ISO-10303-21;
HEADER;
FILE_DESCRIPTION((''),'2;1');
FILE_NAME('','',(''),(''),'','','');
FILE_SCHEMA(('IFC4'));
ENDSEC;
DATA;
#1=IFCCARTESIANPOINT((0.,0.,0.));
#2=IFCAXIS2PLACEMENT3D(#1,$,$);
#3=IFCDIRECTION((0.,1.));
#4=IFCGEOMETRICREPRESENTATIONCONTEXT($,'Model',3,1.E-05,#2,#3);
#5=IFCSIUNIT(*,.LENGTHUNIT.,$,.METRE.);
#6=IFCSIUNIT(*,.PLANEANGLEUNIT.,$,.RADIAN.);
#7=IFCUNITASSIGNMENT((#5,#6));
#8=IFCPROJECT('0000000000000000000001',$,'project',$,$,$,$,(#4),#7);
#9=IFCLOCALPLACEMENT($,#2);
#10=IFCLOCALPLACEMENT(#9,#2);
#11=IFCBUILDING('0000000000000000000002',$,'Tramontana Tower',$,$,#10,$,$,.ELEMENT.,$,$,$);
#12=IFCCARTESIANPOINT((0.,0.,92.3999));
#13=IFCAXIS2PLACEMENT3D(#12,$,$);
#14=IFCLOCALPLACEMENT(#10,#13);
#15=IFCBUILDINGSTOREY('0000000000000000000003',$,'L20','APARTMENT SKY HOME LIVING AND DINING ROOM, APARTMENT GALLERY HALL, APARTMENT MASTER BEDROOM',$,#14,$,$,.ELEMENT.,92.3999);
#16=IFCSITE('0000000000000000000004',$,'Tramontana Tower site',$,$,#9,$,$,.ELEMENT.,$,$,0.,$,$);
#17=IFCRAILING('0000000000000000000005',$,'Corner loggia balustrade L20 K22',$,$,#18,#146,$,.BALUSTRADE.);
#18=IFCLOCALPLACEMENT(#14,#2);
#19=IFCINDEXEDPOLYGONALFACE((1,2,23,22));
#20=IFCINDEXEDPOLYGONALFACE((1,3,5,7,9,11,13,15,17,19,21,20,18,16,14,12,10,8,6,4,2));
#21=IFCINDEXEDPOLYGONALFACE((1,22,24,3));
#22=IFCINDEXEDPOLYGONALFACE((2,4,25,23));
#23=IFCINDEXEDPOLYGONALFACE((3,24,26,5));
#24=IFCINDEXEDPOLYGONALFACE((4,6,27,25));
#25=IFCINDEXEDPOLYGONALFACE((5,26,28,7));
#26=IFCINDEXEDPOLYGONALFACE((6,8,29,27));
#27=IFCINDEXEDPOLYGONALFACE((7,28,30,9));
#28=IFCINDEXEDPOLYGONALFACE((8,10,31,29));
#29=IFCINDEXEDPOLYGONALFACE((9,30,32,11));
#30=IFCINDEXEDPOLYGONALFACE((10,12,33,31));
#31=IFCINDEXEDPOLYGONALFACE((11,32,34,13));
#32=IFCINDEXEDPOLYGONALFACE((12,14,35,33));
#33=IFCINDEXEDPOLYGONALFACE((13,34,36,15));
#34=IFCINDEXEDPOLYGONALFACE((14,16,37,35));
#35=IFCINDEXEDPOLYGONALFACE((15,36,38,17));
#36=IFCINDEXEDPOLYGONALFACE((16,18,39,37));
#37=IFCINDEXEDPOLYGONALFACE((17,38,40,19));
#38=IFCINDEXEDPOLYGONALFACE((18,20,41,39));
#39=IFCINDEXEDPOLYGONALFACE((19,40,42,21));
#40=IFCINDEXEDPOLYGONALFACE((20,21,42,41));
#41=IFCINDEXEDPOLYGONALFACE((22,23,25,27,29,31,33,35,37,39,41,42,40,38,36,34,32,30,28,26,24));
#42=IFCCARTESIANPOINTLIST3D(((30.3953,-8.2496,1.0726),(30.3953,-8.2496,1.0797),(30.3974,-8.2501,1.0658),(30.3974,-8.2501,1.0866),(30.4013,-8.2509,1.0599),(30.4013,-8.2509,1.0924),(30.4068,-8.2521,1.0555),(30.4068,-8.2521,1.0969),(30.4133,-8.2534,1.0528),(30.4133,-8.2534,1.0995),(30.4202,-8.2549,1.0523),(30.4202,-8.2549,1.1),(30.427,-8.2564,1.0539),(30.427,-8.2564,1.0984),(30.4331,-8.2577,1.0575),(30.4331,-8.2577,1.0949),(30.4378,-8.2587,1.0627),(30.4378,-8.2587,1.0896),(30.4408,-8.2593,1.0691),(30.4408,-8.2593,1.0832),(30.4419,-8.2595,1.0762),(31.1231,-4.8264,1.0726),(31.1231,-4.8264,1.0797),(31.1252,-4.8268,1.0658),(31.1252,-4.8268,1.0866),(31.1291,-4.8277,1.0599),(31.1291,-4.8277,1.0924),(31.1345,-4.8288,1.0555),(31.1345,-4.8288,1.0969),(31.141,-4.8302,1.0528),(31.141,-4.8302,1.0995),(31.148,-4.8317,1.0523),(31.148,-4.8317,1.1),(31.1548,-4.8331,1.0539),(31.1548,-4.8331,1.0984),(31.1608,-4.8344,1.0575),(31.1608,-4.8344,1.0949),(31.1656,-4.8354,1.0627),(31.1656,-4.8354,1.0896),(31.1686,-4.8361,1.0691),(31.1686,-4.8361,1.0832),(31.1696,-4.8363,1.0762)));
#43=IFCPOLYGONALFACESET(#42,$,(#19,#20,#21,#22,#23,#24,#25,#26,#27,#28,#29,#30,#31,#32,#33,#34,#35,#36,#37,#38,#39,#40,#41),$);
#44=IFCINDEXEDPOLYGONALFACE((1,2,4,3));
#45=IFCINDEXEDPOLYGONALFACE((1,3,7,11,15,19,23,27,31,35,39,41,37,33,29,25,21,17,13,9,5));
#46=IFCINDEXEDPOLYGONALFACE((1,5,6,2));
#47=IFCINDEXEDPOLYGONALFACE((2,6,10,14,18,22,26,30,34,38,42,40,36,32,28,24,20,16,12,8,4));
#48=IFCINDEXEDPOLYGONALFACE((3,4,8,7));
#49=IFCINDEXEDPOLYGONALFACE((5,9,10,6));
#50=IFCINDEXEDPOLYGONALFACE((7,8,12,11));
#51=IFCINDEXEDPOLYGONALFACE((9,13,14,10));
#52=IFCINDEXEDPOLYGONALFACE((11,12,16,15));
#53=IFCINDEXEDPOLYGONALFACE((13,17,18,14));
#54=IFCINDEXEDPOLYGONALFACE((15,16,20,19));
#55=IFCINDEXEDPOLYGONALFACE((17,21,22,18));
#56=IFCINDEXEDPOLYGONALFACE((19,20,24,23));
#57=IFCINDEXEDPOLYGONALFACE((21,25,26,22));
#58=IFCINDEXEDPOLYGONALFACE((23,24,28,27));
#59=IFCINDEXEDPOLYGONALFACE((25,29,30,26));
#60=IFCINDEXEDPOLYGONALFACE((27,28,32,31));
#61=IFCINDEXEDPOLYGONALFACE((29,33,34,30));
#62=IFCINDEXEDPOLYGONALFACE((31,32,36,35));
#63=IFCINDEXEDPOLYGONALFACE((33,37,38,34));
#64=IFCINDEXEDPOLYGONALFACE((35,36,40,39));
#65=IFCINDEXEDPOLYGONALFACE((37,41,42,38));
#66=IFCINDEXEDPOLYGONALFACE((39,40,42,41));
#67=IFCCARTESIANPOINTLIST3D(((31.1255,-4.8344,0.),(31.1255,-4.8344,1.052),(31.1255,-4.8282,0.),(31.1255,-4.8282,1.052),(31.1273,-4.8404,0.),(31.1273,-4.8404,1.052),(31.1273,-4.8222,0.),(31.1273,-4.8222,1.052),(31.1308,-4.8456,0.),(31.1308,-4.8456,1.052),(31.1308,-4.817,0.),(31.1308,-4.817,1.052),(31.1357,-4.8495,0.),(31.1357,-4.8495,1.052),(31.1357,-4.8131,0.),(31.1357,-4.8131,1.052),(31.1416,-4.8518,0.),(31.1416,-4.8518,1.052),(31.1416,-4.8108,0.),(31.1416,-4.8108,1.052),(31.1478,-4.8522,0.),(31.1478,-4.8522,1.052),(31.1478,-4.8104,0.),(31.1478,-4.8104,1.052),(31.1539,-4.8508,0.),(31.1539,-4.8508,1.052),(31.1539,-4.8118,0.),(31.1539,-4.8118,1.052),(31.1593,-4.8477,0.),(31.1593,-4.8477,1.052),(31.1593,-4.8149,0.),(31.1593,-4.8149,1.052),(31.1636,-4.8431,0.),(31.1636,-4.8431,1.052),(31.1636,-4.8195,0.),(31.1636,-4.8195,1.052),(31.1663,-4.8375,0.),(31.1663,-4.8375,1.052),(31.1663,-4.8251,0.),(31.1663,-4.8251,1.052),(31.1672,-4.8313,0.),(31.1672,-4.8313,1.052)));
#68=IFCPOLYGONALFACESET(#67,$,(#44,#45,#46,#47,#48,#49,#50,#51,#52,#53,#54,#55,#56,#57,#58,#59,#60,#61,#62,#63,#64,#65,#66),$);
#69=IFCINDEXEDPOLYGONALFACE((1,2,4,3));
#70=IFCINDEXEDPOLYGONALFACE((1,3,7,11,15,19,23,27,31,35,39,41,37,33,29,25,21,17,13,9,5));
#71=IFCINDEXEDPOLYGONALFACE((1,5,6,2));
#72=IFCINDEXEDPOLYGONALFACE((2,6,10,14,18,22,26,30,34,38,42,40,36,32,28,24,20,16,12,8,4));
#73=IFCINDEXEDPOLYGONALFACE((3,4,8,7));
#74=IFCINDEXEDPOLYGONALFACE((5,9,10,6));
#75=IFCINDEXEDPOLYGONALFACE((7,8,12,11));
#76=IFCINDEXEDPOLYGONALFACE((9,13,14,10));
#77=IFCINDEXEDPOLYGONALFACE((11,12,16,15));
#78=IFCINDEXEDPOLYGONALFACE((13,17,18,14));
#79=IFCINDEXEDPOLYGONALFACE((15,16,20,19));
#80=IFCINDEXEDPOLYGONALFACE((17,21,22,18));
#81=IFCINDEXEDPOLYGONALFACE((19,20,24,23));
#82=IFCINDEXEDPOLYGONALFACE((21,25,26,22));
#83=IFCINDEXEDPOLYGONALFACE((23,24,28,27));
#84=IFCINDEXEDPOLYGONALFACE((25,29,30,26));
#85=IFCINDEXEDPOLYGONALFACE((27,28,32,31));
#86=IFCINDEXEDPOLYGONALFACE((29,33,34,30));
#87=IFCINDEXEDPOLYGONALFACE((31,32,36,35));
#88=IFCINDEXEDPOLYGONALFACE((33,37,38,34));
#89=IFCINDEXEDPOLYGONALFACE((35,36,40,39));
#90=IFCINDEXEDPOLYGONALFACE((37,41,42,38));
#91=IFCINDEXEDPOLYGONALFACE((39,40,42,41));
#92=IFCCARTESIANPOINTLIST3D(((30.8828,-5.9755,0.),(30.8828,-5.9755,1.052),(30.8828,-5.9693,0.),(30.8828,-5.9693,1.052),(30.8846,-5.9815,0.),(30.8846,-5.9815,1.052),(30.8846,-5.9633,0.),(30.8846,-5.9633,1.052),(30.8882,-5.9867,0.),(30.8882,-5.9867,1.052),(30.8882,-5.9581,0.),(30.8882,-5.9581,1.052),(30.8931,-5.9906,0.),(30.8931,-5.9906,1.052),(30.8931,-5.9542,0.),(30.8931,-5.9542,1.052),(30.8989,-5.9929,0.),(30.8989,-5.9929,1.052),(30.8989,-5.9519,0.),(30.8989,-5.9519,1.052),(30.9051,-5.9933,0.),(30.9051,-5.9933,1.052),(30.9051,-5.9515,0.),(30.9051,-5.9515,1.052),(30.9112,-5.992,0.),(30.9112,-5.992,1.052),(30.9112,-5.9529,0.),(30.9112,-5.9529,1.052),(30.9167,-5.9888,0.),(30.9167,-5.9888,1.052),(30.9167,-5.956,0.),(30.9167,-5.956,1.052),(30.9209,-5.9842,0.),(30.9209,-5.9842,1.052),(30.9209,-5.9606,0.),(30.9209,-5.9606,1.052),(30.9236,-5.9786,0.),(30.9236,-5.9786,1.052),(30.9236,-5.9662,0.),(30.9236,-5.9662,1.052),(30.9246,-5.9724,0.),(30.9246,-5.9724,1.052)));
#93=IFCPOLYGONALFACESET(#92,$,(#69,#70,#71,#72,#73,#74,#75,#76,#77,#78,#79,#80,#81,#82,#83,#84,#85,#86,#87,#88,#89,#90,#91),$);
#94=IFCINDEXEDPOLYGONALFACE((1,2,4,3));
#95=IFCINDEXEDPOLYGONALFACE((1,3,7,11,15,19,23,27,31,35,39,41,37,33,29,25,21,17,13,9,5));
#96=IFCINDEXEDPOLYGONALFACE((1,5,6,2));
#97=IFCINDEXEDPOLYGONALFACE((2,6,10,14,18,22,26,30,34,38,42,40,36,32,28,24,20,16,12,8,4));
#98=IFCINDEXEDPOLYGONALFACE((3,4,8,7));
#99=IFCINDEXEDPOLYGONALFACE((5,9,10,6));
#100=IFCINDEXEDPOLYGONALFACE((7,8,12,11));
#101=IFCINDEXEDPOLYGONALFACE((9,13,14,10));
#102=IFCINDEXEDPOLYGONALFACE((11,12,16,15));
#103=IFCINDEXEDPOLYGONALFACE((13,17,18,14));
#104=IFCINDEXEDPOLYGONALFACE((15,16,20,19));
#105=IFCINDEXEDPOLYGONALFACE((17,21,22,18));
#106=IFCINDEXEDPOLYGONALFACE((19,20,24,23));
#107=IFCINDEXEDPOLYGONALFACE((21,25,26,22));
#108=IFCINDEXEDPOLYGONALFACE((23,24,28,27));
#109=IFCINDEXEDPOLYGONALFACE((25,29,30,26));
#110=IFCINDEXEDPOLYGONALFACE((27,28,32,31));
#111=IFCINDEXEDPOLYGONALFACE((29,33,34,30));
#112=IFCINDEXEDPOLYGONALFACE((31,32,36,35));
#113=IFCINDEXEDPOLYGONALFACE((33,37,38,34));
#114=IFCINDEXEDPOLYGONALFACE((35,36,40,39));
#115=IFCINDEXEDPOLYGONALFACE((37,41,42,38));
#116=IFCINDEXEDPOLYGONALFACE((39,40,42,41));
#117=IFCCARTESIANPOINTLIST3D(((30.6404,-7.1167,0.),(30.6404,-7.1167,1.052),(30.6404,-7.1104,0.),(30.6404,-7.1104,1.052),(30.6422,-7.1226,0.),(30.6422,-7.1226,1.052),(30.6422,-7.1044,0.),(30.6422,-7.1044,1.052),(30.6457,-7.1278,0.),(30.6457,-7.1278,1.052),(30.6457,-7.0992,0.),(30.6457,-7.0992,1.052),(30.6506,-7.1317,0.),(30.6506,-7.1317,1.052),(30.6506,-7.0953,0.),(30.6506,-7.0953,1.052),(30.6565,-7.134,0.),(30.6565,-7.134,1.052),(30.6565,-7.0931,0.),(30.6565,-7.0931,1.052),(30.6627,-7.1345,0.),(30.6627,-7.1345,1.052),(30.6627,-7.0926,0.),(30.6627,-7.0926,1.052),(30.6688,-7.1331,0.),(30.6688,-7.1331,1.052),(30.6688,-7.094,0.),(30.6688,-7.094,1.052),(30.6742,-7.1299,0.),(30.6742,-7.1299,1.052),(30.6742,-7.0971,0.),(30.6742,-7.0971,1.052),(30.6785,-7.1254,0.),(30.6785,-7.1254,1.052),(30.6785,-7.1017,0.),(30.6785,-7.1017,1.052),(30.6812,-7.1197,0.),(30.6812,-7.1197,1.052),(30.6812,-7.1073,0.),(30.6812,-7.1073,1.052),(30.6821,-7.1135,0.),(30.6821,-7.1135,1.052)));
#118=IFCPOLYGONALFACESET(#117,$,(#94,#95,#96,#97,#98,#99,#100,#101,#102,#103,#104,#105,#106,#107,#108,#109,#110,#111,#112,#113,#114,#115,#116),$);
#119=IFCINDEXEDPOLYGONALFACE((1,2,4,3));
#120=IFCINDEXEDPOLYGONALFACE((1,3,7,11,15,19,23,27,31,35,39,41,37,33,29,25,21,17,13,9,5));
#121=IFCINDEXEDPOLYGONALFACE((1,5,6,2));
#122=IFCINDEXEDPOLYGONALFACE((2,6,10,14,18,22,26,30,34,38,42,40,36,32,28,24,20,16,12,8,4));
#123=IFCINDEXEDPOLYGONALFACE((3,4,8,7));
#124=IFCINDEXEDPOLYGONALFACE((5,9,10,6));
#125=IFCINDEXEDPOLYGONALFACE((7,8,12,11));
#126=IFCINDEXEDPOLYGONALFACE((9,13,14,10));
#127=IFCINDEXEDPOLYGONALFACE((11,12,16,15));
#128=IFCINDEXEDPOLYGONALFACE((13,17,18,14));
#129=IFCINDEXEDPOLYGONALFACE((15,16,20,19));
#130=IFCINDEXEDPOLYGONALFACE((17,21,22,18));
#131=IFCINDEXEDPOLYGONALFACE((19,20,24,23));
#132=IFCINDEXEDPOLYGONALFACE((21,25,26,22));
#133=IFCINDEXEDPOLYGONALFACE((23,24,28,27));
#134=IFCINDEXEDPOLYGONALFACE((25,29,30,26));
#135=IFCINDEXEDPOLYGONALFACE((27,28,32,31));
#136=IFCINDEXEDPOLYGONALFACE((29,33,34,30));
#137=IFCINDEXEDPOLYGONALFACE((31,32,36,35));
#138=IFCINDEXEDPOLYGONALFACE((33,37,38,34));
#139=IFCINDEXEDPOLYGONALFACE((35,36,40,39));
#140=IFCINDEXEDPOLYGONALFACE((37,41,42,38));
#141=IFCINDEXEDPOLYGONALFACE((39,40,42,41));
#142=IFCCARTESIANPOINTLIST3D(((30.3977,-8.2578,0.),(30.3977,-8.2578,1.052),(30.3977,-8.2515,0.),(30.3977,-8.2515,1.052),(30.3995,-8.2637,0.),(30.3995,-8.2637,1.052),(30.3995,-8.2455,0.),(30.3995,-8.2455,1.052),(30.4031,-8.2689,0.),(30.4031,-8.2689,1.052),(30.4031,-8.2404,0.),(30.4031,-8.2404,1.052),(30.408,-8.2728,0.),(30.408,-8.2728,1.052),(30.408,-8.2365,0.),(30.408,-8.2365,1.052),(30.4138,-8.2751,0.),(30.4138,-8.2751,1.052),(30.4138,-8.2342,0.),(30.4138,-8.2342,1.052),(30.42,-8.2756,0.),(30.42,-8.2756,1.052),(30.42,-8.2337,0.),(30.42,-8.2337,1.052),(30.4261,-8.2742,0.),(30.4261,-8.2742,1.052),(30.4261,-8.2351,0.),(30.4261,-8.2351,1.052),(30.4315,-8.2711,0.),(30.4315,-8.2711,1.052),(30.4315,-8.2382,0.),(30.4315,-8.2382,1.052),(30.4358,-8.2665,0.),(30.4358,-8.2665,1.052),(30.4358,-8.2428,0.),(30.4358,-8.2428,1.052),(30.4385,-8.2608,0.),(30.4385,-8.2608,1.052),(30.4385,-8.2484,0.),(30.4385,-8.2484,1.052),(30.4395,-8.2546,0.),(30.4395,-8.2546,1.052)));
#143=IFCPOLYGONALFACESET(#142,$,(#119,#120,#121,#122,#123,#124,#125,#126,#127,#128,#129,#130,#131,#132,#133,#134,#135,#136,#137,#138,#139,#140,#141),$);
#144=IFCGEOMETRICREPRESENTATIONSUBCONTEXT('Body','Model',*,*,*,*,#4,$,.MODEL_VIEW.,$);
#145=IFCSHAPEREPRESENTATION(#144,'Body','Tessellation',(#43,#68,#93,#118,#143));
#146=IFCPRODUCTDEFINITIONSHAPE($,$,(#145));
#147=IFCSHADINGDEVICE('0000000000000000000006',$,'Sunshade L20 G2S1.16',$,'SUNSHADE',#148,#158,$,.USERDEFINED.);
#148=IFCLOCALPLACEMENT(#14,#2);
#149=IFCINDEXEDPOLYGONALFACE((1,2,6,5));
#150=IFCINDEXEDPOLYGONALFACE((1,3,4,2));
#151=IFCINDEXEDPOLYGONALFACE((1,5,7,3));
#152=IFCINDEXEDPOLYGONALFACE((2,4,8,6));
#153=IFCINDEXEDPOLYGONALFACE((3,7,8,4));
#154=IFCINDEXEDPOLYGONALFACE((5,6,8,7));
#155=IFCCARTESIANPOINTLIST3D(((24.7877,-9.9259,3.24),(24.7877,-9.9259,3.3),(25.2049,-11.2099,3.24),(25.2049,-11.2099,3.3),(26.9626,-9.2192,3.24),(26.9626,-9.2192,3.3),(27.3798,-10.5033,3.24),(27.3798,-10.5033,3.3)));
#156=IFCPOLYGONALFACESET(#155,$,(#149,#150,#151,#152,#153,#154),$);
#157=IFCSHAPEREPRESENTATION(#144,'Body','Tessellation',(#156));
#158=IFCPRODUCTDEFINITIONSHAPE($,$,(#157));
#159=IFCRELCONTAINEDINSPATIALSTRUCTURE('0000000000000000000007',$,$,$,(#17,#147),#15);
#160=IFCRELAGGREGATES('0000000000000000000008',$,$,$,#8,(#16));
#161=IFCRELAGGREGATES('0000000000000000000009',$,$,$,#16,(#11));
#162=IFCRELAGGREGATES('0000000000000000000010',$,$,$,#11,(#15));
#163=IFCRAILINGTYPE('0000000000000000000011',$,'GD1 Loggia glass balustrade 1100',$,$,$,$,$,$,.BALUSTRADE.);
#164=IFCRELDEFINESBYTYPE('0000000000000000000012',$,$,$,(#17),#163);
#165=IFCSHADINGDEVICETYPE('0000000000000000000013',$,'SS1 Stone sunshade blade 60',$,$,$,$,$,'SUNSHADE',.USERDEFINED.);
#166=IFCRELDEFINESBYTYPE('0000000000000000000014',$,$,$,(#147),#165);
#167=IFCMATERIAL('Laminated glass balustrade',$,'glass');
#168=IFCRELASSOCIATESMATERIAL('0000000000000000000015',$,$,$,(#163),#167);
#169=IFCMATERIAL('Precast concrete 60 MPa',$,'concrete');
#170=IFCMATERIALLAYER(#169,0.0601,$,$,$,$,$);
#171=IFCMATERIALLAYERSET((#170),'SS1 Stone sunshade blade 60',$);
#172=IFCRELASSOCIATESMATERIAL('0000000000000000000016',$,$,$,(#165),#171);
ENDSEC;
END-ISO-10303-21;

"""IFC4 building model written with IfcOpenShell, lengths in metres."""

from ifc_helpers import new_model, si_unit, direction, frame, origin, origin_2d, place, context, subcontext, project, spatial, rectangle, circle, extrude, material, layer, layer_set, type_object, element, save


model = new_model("IFC4")

# Units and contexts
model_context = context("Model", 3, precision=1e-05, world=origin(), true_north=direction((0.0, 1.0)))
body_context = subcontext(model_context, "Body", "Model", "MODEL_VIEW")
ifc_project = project(units=[si_unit("LENGTHUNIT", "METRE"), si_unit("PLANEANGLEUNIT", "RADIAN")], contexts=[model_context])

# Site, building, storey
site_placement = place(None, origin())
site = spatial("IfcSite", under=ifc_project, at=site_placement, Name="Tramontana Tower site", CompositionType="ELEMENT", RefElevation=0.0)
building_placement = place(site_placement, origin())
building = spatial("IfcBuilding", under=site, at=building_placement, Name="Tramontana Tower", CompositionType="ELEMENT")
storey_placement = place(building_placement, frame((0.0, 0.0, 92.3999)))
storey = spatial("IfcBuildingStorey", under=building, at=storey_placement, Name="L20", Description="APARTMENT SKY HOME LIVING AND DINING ROOM, APARTMENT GALLERY HALL, APARTMENT MASTER BEDROOM", CompositionType="ELEMENT", Elevation=92.3999)

# Railing
ifc_material_1 = material(Name="Laminated glass balustrade", Category="glass")
railing_type = type_object("IfcRailingType", Name="GD1 Loggia glass balustrade 1100", PredefinedType="BALUSTRADE", material=ifc_material_1)
railing_1_placement = place(storey_placement, frame((31.1462, -4.8313, 0.0)))
element("IfcRailing", 1, at=railing_1_placement, inside=storey, type_object=railing_type, Name="Corner loggia balustrade L20 K22", PredefinedType="BALUSTRADE", context=body_context, shape_type="SweptSolid", body=[
    extrude(circle(Radius=0.0239, at=origin_2d()), frame((0.0, 0.0, 1.0762), z_axis=(-0.207947, -0.97814, 0.0), x_axis=(0.97814, -0.207947, 0.0)), (0.0, 0.0, 1.0), 3.4998),
    extrude(circle(Radius=0.021, at=origin_2d()), origin(), (0.0, 0.0, 1.0), 1.052),
    extrude(circle(Radius=0.021, at=origin_2d()), frame((-0.2427, -1.1411, 0.0)), (0.0, 0.0, 1.0), 1.052),
    extrude(circle(Radius=0.021, at=origin_2d()), frame((-0.4851, -2.2822, 0.0)), (0.0, 0.0, 1.0), 1.052),
    extrude(circle(Radius=0.021, at=origin_2d()), frame((-0.7278, -3.4233, 0.0)), (0.0, 0.0, 1.0), 1.052),
])

# Shading device
ifc_material_2 = material(Name="Precast concrete 60 MPa", Category="concrete")
ifc_layer_1 = layer(ifc_material_2, 0.0601)
ifc_layer_set_1 = layer_set([ifc_layer_1], Name="SS1 Stone sunshade blade 60")
shading_device_type = type_object("IfcShadingDeviceType", Name="SS1 Stone sunshade blade 60", ElementType="SUNSHADE", PredefinedType="USERDEFINED", material=ifc_layer_set_1)
shading_device_placement = place(storey_placement, frame((26.0837, -10.2146, 3.24), z_axis=(0.0, 0.0, 1.0), x_axis=(0.951057, 0.309017, 0.0)))
element("IfcShadingDevice", 2, at=shading_device_placement, inside=storey, type_object=shading_device_type, Name="Sunshade L20 G2S1.16", ObjectType="SUNSHADE", PredefinedType="USERDEFINED", context=body_context, shape_type="SweptSolid", body=[
    extrude(rectangle(XDim=2.2869, YDim=1.3501, at=origin_2d()), origin(), (0.0, 0.0, 1.0), 0.0601),
])

save(model, "model.ifc")
